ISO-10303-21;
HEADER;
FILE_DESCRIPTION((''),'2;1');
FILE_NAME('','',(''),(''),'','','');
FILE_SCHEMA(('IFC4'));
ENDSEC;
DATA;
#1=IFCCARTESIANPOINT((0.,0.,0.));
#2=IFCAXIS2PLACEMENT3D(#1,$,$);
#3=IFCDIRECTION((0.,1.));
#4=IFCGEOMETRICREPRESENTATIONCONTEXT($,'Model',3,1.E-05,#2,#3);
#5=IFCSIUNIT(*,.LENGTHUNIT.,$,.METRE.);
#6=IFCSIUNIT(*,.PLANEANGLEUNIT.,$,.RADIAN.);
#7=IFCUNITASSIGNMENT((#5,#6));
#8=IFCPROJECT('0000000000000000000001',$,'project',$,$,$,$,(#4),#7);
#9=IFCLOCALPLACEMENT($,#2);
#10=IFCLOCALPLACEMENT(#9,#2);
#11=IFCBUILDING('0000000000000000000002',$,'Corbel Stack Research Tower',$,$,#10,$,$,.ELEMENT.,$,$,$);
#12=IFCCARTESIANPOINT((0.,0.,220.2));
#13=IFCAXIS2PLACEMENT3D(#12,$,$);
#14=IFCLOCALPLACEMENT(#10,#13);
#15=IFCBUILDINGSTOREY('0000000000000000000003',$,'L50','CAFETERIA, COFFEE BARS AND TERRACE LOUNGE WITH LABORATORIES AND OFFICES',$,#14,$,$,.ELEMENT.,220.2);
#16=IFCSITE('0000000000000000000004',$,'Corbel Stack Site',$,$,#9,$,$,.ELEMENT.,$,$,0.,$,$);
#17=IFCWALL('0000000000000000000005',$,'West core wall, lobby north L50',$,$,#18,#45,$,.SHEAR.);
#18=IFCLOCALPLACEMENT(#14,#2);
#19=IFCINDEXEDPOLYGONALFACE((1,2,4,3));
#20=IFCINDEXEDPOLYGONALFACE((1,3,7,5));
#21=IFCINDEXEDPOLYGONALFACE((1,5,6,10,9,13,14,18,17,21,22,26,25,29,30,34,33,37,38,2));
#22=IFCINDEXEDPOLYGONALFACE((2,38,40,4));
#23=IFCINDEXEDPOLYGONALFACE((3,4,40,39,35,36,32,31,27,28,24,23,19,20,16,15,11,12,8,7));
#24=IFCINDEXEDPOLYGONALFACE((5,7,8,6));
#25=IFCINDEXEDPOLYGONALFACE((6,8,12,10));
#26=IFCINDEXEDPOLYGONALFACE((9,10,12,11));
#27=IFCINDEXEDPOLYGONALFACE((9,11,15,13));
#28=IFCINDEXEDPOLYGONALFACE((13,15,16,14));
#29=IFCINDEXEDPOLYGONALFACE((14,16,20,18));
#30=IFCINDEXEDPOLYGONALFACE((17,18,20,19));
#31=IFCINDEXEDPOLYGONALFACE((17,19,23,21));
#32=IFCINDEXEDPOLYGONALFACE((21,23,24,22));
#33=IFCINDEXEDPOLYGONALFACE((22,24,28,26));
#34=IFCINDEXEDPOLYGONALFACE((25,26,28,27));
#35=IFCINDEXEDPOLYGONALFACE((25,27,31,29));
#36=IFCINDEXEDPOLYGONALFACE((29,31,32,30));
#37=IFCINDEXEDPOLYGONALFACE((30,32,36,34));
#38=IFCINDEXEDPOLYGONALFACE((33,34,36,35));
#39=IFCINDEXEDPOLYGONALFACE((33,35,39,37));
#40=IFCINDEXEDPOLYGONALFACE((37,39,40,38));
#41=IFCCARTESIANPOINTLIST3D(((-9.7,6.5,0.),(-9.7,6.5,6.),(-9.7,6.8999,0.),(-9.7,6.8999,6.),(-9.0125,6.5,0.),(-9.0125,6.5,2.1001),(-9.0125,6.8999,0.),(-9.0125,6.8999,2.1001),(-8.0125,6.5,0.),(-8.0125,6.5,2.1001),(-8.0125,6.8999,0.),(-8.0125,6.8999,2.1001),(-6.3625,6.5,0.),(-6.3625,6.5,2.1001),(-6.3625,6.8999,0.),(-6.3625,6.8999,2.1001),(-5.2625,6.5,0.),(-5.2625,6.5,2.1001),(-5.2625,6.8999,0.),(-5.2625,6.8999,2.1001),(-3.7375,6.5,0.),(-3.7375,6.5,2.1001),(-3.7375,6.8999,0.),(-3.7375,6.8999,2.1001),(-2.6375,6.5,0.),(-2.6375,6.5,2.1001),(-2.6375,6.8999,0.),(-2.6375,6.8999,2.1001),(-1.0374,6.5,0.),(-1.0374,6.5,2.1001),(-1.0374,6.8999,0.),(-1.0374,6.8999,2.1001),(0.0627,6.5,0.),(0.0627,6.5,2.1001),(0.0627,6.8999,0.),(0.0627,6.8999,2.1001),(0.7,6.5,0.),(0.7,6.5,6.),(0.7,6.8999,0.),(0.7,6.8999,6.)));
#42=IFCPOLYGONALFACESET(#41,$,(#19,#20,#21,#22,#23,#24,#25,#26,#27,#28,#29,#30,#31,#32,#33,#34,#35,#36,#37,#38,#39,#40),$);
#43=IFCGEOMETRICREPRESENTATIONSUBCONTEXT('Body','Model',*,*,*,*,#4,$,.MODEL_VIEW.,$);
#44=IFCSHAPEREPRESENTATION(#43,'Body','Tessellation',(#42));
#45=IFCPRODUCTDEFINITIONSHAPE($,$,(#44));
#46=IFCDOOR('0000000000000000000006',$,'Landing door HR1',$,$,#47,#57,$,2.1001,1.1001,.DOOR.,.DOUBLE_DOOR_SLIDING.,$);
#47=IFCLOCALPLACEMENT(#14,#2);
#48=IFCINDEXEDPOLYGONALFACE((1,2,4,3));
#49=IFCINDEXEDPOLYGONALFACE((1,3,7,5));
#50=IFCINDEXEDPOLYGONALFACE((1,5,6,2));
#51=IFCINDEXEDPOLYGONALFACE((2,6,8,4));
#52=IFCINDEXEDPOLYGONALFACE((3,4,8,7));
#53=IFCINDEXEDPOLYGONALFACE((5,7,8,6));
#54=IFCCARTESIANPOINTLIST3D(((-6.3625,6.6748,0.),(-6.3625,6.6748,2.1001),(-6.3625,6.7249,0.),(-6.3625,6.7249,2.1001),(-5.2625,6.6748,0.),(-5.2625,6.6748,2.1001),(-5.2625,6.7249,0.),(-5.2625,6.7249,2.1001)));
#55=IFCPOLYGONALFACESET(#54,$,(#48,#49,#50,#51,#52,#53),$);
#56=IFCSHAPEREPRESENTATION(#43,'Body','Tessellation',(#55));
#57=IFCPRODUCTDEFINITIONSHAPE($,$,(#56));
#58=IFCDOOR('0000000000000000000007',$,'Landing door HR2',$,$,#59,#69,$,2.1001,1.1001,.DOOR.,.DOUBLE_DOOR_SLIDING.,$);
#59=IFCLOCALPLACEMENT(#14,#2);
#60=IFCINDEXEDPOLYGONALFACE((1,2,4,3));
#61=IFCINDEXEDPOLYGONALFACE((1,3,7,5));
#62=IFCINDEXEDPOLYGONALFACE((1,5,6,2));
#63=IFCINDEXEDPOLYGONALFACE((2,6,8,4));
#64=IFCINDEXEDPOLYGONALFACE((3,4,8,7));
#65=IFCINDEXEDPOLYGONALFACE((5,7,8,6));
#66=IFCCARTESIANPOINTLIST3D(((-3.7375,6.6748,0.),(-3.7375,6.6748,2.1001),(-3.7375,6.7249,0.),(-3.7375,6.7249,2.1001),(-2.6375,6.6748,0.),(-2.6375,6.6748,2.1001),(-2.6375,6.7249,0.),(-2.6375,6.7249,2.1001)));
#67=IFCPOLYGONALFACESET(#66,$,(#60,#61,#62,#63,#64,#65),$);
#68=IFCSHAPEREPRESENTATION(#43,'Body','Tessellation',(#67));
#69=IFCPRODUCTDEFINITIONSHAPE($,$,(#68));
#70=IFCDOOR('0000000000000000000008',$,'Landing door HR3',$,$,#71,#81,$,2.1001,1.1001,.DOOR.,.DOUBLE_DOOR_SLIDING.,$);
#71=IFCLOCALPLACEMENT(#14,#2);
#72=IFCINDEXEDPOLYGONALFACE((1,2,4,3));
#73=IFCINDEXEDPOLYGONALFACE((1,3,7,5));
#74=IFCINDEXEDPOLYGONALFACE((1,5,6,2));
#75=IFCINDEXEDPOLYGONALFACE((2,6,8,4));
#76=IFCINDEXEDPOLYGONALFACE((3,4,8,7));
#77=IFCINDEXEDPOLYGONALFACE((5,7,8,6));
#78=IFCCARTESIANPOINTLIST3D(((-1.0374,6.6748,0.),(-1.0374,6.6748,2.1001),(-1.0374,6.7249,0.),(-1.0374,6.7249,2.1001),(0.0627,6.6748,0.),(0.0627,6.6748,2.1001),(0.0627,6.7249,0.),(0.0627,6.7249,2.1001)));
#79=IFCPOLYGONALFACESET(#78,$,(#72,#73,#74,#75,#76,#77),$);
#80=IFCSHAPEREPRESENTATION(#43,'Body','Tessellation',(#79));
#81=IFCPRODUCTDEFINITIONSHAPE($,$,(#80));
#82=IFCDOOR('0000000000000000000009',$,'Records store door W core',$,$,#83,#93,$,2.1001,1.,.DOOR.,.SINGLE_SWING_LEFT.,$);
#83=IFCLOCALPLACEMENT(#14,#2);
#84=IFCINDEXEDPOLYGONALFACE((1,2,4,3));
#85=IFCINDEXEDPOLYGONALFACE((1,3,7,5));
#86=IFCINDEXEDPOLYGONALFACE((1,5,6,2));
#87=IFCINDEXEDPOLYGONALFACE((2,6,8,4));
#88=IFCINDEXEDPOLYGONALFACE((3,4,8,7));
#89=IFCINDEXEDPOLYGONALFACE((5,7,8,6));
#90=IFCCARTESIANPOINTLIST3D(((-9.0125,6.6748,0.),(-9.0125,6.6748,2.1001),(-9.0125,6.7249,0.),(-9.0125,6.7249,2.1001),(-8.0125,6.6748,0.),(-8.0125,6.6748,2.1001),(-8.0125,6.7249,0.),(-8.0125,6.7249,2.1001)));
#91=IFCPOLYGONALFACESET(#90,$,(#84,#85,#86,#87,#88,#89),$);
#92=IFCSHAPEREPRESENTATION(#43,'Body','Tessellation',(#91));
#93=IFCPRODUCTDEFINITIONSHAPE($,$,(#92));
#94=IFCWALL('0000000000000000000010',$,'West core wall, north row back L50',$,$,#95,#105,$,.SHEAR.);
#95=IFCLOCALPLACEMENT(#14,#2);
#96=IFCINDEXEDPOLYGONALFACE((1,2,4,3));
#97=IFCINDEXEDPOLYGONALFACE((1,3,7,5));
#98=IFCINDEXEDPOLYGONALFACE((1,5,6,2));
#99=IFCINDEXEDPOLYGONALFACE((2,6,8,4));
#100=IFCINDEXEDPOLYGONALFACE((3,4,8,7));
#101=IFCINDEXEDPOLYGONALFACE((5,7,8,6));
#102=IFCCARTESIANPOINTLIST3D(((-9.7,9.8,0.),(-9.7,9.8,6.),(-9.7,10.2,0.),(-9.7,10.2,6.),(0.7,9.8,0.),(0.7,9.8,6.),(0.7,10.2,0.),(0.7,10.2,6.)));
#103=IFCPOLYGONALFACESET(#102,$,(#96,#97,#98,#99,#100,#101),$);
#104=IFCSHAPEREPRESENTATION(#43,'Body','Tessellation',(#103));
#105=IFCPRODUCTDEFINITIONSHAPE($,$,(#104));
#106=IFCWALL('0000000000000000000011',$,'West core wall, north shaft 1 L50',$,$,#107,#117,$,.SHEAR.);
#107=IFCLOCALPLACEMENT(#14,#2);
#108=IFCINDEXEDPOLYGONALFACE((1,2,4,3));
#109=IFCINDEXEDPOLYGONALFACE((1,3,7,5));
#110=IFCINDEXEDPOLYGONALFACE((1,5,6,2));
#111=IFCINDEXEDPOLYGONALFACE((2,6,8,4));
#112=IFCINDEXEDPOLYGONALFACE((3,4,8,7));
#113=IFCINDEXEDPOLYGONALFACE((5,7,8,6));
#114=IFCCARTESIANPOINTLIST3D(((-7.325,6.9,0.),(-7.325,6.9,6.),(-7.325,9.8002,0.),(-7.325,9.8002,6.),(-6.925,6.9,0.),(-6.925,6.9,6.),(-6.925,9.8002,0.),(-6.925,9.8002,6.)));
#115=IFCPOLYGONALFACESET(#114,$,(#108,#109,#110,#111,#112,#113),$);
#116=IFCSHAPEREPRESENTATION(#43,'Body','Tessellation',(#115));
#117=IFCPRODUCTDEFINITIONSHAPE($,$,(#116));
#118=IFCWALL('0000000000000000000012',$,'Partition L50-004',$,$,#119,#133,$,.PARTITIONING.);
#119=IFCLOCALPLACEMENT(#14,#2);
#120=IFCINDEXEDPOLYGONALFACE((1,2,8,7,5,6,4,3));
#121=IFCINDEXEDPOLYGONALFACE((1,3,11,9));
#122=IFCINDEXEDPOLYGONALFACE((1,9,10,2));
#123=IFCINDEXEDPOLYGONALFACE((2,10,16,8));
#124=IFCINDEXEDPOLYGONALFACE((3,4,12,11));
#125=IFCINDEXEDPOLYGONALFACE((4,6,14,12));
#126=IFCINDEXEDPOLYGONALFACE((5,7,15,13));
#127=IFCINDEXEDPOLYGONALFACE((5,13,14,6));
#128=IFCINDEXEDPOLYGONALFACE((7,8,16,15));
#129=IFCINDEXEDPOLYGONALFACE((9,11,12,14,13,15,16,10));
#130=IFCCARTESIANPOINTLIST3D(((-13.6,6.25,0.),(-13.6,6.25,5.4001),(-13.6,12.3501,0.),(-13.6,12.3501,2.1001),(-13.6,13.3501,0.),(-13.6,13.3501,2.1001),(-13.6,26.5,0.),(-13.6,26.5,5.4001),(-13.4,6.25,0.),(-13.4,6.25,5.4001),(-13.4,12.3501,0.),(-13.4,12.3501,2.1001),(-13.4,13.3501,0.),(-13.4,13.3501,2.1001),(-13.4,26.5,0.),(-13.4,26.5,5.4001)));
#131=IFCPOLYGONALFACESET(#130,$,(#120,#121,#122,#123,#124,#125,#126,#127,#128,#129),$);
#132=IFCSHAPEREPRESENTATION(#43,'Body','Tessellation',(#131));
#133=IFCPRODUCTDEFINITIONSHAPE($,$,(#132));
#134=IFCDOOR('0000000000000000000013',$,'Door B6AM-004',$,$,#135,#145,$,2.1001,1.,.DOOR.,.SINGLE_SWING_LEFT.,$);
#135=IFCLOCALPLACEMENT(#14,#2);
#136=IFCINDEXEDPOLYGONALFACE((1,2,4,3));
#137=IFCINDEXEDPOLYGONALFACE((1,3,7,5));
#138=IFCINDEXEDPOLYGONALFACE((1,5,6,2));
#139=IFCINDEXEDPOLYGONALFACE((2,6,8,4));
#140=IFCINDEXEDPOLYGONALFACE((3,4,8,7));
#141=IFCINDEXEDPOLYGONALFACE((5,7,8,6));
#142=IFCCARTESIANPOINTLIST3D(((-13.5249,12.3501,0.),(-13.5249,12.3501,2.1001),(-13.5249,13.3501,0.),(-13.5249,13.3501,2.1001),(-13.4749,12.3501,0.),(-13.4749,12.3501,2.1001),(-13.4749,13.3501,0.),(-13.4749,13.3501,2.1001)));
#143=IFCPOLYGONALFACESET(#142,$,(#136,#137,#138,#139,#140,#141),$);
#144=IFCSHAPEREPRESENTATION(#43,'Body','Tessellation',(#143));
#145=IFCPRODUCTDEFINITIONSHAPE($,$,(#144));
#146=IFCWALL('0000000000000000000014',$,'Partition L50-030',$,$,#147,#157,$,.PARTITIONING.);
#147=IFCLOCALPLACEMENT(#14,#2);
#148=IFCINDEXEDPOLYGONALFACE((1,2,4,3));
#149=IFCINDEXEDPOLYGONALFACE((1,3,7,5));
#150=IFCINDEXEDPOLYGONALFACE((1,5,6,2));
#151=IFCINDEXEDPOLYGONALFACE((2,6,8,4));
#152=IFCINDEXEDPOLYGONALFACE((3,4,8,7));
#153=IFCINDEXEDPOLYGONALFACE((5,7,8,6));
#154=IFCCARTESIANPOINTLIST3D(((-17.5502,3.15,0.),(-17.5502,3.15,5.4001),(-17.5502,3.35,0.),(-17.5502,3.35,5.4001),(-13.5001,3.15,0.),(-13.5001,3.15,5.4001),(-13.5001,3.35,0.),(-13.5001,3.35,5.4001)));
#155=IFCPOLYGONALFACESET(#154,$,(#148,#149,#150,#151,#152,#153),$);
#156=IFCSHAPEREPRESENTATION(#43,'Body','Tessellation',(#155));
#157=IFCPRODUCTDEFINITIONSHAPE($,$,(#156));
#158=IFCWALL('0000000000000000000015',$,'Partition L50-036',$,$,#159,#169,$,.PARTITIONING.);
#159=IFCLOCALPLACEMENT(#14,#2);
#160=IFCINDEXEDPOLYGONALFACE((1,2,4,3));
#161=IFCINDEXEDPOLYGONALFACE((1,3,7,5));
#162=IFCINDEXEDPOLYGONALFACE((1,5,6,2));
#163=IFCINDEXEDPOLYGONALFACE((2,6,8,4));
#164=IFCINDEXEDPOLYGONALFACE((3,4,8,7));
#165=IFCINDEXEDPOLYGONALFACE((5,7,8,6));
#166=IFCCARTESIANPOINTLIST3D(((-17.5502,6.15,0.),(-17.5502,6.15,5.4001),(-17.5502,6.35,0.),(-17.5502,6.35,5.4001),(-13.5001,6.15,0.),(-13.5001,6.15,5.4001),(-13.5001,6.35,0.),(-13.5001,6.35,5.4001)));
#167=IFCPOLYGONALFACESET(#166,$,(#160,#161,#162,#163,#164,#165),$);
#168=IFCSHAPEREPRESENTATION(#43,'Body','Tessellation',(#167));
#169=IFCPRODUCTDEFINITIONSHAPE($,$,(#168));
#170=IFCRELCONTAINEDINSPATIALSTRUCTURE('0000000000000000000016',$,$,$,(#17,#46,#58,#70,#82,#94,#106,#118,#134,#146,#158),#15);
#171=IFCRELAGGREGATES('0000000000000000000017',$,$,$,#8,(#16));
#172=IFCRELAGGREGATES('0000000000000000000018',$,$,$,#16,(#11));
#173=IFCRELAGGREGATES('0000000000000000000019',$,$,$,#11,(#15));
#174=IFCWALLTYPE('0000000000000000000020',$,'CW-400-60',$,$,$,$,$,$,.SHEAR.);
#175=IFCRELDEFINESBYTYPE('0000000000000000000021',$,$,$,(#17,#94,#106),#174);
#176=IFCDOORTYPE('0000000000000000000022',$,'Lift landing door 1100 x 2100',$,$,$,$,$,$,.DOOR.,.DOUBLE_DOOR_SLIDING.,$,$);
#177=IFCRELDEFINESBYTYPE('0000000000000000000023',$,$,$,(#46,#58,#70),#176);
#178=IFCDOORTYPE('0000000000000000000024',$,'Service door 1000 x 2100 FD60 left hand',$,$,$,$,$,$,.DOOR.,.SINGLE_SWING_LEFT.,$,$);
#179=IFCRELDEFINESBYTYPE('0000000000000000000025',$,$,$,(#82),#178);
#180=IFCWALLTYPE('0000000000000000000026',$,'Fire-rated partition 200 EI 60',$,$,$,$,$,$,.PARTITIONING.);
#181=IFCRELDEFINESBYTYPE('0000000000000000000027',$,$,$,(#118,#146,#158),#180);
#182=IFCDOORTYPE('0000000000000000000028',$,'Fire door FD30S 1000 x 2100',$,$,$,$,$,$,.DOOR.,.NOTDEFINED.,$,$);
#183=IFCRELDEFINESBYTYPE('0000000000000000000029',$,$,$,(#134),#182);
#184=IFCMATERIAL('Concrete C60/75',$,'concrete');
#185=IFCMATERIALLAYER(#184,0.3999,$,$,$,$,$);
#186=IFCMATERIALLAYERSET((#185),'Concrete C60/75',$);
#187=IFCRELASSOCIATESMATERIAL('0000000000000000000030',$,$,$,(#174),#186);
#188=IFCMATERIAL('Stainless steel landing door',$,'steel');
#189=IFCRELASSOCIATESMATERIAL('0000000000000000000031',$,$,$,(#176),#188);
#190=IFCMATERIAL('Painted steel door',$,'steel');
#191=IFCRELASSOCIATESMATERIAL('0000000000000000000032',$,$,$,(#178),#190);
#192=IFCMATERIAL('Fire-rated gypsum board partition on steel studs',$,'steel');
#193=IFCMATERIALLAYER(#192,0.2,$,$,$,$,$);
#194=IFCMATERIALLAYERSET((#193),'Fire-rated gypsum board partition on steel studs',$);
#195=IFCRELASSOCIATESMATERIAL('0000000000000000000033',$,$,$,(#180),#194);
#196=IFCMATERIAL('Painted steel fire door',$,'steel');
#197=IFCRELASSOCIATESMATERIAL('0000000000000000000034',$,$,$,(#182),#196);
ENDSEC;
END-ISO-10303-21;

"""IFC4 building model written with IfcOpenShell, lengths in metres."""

from ifc_helpers import new_model, si_unit, direction, frame, frame_2d, origin, place, context, subcontext, project, spatial, rectangle, extrude, material, layer, layer_set, type_object, element, fill, save


model = new_model("IFC4")

# Units and contexts
model_context = context("Model", 3, precision=1e-05, world=origin(), true_north=direction((0.0, 1.0)))
body_context = subcontext(model_context, "Body", "Model", "MODEL_VIEW")
ifc_project = project(units=[si_unit("LENGTHUNIT", "METRE"), si_unit("PLANEANGLEUNIT", "RADIAN")], contexts=[model_context])

# Site, building, storey
site_placement = place(None, origin())
site = spatial("IfcSite", under=ifc_project, at=site_placement, Name="Corbel Stack Site", CompositionType="ELEMENT", RefElevation=0.0)
building_placement = place(site_placement, origin())
building = spatial("IfcBuilding", under=site, at=building_placement, Name="Corbel Stack Research Tower", CompositionType="ELEMENT")
storey_placement = place(building_placement, frame((0.0, 0.0, 220.2)))
storey = spatial("IfcBuildingStorey", under=building, at=storey_placement, Name="L50", Description="CAFETERIA, COFFEE BARS AND TERRACE LOUNGE WITH LABORATORIES AND OFFICES", CompositionType="ELEMENT", Elevation=220.2)

# Wall, openings, doors
ifc_material_1 = material(Name="Concrete C60/75", Category="concrete")
ifc_layer_1 = layer(ifc_material_1, 0.3999)
ifc_layer_set_1 = layer_set([ifc_layer_1], Name="Concrete C60/75")
wall_type_1 = type_object("IfcWallType", Name="CW-400-60", PredefinedType="SHEAR", material=ifc_layer_set_1)
ifc_material_2 = material(Name="Stainless steel landing door", Category="steel")
door_type_1 = type_object("IfcDoorType", Name="Lift landing door 1100 x 2100", OperationType="DOUBLE_DOOR_SLIDING", PredefinedType="DOOR", material=ifc_material_2)
ifc_material_3 = material(Name="Painted steel door", Category="steel")
door_type_2 = type_object("IfcDoorType", Name="Service door 1000 x 2100 FD60 left hand", OperationType="SINGLE_SWING_LEFT", PredefinedType="DOOR", material=ifc_material_3)
wall_1_placement = place(storey_placement, frame((-9.7, 6.7, 0.0), z_axis=(0.0, 0.0, 1.0), x_axis=(1.0, 0.0, 0.0)))
wall_1 = element("IfcWall", 1, at=wall_1_placement, inside=storey, type_object=wall_type_1, Name="West core wall, lobby north L50", PredefinedType="SHEAR", context=body_context, shape_type="SweptSolid", body=[
    extrude(rectangle(XDim=10.3999, YDim=0.3999, at=frame_2d((5.2, 0.0))), origin(), (0.0, 0.0, 1.0), 6.0),
])
opening_1_placement = place(wall_1_placement, frame((3.3374, 0.0, 0.0)))
opening_1 = element("IfcOpeningElement", 2, at=opening_1_placement, cuts=wall_1, PredefinedType="OPENING", context=body_context, shape_type="SweptSolid", body=[
    extrude(rectangle(XDim=1.1001, YDim=2.1001, at=frame_2d((0.55, 1.05))), frame((0.0, 0.21, 0.0), z_axis=(0.0, -1.0, 0.0), x_axis=(1.0, 0.0, 0.0)), (0.0, 0.0, 1.0), 0.4199),
])
opening_2_placement = place(wall_1_placement, frame((5.9624, 0.0, 0.0)))
opening_2 = element("IfcOpeningElement", 3, at=opening_2_placement, cuts=wall_1, PredefinedType="OPENING", context=body_context, shape_type="SweptSolid", body=[
    extrude(rectangle(XDim=1.1001, YDim=2.1001, at=frame_2d((0.55, 1.05))), frame((0.0, 0.21, 0.0), z_axis=(0.0, -1.0, 0.0), x_axis=(1.0, 0.0, 0.0)), (0.0, 0.0, 1.0), 0.4199),
])
opening_3_placement = place(wall_1_placement, frame((8.6626, 0.0, 0.0)))
opening_3 = element("IfcOpeningElement", 4, at=opening_3_placement, cuts=wall_1, PredefinedType="OPENING", context=body_context, shape_type="SweptSolid", body=[
    extrude(rectangle(XDim=1.1001, YDim=2.1001, at=frame_2d((0.55, 1.05))), frame((0.0, 0.21, 0.0), z_axis=(0.0, -1.0, 0.0), x_axis=(1.0, 0.0, 0.0)), (0.0, 0.0, 1.0), 0.4199),
])
opening_4_placement = place(wall_1_placement, frame((0.6875, 0.0, 0.0)))
opening_4 = element("IfcOpeningElement", 5, at=opening_4_placement, cuts=wall_1, PredefinedType="OPENING", context=body_context, shape_type="SweptSolid", body=[
    extrude(rectangle(XDim=1.0, YDim=2.1001, at=frame_2d((0.5, 1.05))), frame((0.0, 0.21, 0.0), z_axis=(0.0, -1.0, 0.0), x_axis=(1.0, 0.0, 0.0)), (0.0, 0.0, 1.0), 0.4199),
])
door_1_placement = place(opening_1_placement, origin())
door_1 = element("IfcDoor", 6, at=door_1_placement, inside=storey, type_object=door_type_1, Name="Landing door HR1", OperationType="DOUBLE_DOOR_SLIDING", OverallHeight=2.1001, OverallWidth=1.1001, PredefinedType="DOOR", context=body_context, shape_type="SweptSolid", body=[
    extrude(rectangle(XDim=1.1001, YDim=2.1001, at=frame_2d((0.55, 1.05))), frame((0.0, 0.0249, 0.0), z_axis=(0.0, -1.0, 0.0), x_axis=(1.0, 0.0, 0.0)), (0.0, 0.0, 1.0), 0.05),
])
fill(opening_1, door_1)
door_2_placement = place(opening_2_placement, origin())
door_2 = element("IfcDoor", 7, at=door_2_placement, inside=storey, type_object=door_type_1, Name="Landing door HR2", OperationType="DOUBLE_DOOR_SLIDING", OverallHeight=2.1001, OverallWidth=1.1001, PredefinedType="DOOR", context=body_context, shape_type="SweptSolid", body=[
    extrude(rectangle(XDim=1.1001, YDim=2.1001, at=frame_2d((0.55, 1.05))), frame((0.0, 0.0249, 0.0), z_axis=(0.0, -1.0, 0.0), x_axis=(1.0, 0.0, 0.0)), (0.0, 0.0, 1.0), 0.05),
])
fill(opening_2, door_2)
door_3_placement = place(opening_3_placement, origin())
door_3 = element("IfcDoor", 8, at=door_3_placement, inside=storey, type_object=door_type_1, Name="Landing door HR3", OperationType="DOUBLE_DOOR_SLIDING", OverallHeight=2.1001, OverallWidth=1.1001, PredefinedType="DOOR", context=body_context, shape_type="SweptSolid", body=[
    extrude(rectangle(XDim=1.1001, YDim=2.1001, at=frame_2d((0.55, 1.05))), frame((0.0, 0.0249, 0.0), z_axis=(0.0, -1.0, 0.0), x_axis=(1.0, 0.0, 0.0)), (0.0, 0.0, 1.0), 0.05),
])
fill(opening_3, door_3)
door_4_placement = place(opening_4_placement, origin())
door_4 = element("IfcDoor", 9, at=door_4_placement, inside=storey, type_object=door_type_2, Name="Records store door W core", OperationType="SINGLE_SWING_LEFT", OverallHeight=2.1001, OverallWidth=1.0, PredefinedType="DOOR", context=body_context, shape_type="SweptSolid", body=[
    extrude(rectangle(XDim=1.0, YDim=2.1001, at=frame_2d((0.5, 1.05))), frame((0.0, 0.0249, 0.0), z_axis=(0.0, -1.0, 0.0), x_axis=(1.0, 0.0, 0.0)), (0.0, 0.0, 1.0), 0.05),
])
fill(opening_4, door_4)

# Walls
wall_2_placement = place(storey_placement, frame((-9.7, 10.0, 0.0), z_axis=(0.0, 0.0, 1.0), x_axis=(1.0, 0.0, 0.0)))
element("IfcWall", 10, at=wall_2_placement, inside=storey, type_object=wall_type_1, Name="West core wall, north row back L50", PredefinedType="SHEAR", context=body_context, shape_type="SweptSolid", body=[
    extrude(rectangle(XDim=10.3999, YDim=0.3999, at=frame_2d((5.2, 0.0))), origin(), (0.0, 0.0, 1.0), 6.0),
])
wall_3_placement = place(storey_placement, frame((-7.125, 6.8999, 0.0), z_axis=(0.0, 0.0, 1.0), x_axis=(0.0, 1.0, 0.0)))
element("IfcWall", 11, at=wall_3_placement, inside=storey, type_object=wall_type_1, Name="West core wall, north shaft 1 L50", PredefinedType="SHEAR", context=body_context, shape_type="SweptSolid", body=[
    extrude(rectangle(XDim=2.9001, YDim=0.3999, at=frame_2d((1.4502, 0.0))), origin(), (0.0, 0.0, 1.0), 6.0),
])

# Wall, opening, door
ifc_material_4 = material(Name="Fire-rated gypsum board partition on steel studs", Category="steel")
ifc_layer_2 = layer(ifc_material_4, 0.2)
ifc_layer_set_2 = layer_set([ifc_layer_2], Name="Fire-rated gypsum board partition on steel studs")
wall_type_2 = type_object("IfcWallType", Name="Fire-rated partition 200 EI 60", PredefinedType="PARTITIONING", material=ifc_layer_set_2)
wall_4_placement = place(storey_placement, frame((-13.5, 6.25, 0.0), z_axis=(0.0, 0.0, 1.0), x_axis=(0.0, 1.0, 0.0)))
wall_4 = element("IfcWall", 12, at=wall_4_placement, inside=storey, type_object=wall_type_2, Name="Partition L50-004", PredefinedType="PARTITIONING", context=body_context, shape_type="SweptSolid", body=[
    extrude(rectangle(XDim=20.25, YDim=0.2, at=frame_2d((10.125, 0.0))), origin(), (0.0, 0.0, 1.0), 5.4001),
])
opening_5_placement = place(wall_4_placement, frame((6.1001, 0.0, 0.0)))
opening_5 = element("IfcOpeningElement", 13, at=opening_5_placement, cuts=wall_4, PredefinedType="OPENING", context=body_context, shape_type="SweptSolid", body=[
    extrude(rectangle(XDim=1.0, YDim=2.1001, at=frame_2d((0.5, 1.05))), frame((0.0, 0.1099, 0.0), z_axis=(0.0, -1.0, 0.0), x_axis=(1.0, 0.0, 0.0)), (0.0, 0.0, 1.0), 0.22),
])
ifc_material_5 = material(Name="Painted steel fire door", Category="steel")
door_type_3 = type_object("IfcDoorType", Name="Fire door FD30S 1000 x 2100", OperationType="NOTDEFINED", PredefinedType="DOOR", material=ifc_material_5)
door_5_placement = place(opening_5_placement, origin())
door_5 = element("IfcDoor", 14, at=door_5_placement, inside=storey, type_object=door_type_3, Name="Door B6AM-004", OperationType="SINGLE_SWING_LEFT", OverallHeight=2.1001, OverallWidth=1.0, PredefinedType="DOOR", context=body_context, shape_type="SweptSolid", body=[
    extrude(rectangle(XDim=1.0, YDim=2.1001, at=frame_2d((0.5, 1.05))), frame((0.0, 0.0249, 0.0), z_axis=(0.0, -1.0, 0.0), x_axis=(1.0, 0.0, 0.0)), (0.0, 0.0, 1.0), 0.05),
])
fill(opening_5, door_5)

# Walls
for number, where, z_axis, x_axis, name in (
    (15, (-17.55, 3.25, 0.0), (0.0, 0.0, 1.0), (1.0, 0.0, 0.0), "Partition L50-030"),
    (16, (-17.55, 6.25, 0.0), (0.0, 0.0, 1.0), (1.0, 0.0, 0.0), "Partition L50-036"),
):
    element("IfcWall", number, at=place(storey_placement, frame(where, z_axis=z_axis, x_axis=x_axis)), inside=storey, type_object=wall_type_2, Name=name, PredefinedType="PARTITIONING", context=body_context, shape_type="SweptSolid", body=[
        extrude(rectangle(XDim=4.05, YDim=0.2, at=frame_2d((2.0249, 0.0))), origin(), (0.0, 0.0, 1.0), 5.4001),
    ])

save(model, "model.ifc")
